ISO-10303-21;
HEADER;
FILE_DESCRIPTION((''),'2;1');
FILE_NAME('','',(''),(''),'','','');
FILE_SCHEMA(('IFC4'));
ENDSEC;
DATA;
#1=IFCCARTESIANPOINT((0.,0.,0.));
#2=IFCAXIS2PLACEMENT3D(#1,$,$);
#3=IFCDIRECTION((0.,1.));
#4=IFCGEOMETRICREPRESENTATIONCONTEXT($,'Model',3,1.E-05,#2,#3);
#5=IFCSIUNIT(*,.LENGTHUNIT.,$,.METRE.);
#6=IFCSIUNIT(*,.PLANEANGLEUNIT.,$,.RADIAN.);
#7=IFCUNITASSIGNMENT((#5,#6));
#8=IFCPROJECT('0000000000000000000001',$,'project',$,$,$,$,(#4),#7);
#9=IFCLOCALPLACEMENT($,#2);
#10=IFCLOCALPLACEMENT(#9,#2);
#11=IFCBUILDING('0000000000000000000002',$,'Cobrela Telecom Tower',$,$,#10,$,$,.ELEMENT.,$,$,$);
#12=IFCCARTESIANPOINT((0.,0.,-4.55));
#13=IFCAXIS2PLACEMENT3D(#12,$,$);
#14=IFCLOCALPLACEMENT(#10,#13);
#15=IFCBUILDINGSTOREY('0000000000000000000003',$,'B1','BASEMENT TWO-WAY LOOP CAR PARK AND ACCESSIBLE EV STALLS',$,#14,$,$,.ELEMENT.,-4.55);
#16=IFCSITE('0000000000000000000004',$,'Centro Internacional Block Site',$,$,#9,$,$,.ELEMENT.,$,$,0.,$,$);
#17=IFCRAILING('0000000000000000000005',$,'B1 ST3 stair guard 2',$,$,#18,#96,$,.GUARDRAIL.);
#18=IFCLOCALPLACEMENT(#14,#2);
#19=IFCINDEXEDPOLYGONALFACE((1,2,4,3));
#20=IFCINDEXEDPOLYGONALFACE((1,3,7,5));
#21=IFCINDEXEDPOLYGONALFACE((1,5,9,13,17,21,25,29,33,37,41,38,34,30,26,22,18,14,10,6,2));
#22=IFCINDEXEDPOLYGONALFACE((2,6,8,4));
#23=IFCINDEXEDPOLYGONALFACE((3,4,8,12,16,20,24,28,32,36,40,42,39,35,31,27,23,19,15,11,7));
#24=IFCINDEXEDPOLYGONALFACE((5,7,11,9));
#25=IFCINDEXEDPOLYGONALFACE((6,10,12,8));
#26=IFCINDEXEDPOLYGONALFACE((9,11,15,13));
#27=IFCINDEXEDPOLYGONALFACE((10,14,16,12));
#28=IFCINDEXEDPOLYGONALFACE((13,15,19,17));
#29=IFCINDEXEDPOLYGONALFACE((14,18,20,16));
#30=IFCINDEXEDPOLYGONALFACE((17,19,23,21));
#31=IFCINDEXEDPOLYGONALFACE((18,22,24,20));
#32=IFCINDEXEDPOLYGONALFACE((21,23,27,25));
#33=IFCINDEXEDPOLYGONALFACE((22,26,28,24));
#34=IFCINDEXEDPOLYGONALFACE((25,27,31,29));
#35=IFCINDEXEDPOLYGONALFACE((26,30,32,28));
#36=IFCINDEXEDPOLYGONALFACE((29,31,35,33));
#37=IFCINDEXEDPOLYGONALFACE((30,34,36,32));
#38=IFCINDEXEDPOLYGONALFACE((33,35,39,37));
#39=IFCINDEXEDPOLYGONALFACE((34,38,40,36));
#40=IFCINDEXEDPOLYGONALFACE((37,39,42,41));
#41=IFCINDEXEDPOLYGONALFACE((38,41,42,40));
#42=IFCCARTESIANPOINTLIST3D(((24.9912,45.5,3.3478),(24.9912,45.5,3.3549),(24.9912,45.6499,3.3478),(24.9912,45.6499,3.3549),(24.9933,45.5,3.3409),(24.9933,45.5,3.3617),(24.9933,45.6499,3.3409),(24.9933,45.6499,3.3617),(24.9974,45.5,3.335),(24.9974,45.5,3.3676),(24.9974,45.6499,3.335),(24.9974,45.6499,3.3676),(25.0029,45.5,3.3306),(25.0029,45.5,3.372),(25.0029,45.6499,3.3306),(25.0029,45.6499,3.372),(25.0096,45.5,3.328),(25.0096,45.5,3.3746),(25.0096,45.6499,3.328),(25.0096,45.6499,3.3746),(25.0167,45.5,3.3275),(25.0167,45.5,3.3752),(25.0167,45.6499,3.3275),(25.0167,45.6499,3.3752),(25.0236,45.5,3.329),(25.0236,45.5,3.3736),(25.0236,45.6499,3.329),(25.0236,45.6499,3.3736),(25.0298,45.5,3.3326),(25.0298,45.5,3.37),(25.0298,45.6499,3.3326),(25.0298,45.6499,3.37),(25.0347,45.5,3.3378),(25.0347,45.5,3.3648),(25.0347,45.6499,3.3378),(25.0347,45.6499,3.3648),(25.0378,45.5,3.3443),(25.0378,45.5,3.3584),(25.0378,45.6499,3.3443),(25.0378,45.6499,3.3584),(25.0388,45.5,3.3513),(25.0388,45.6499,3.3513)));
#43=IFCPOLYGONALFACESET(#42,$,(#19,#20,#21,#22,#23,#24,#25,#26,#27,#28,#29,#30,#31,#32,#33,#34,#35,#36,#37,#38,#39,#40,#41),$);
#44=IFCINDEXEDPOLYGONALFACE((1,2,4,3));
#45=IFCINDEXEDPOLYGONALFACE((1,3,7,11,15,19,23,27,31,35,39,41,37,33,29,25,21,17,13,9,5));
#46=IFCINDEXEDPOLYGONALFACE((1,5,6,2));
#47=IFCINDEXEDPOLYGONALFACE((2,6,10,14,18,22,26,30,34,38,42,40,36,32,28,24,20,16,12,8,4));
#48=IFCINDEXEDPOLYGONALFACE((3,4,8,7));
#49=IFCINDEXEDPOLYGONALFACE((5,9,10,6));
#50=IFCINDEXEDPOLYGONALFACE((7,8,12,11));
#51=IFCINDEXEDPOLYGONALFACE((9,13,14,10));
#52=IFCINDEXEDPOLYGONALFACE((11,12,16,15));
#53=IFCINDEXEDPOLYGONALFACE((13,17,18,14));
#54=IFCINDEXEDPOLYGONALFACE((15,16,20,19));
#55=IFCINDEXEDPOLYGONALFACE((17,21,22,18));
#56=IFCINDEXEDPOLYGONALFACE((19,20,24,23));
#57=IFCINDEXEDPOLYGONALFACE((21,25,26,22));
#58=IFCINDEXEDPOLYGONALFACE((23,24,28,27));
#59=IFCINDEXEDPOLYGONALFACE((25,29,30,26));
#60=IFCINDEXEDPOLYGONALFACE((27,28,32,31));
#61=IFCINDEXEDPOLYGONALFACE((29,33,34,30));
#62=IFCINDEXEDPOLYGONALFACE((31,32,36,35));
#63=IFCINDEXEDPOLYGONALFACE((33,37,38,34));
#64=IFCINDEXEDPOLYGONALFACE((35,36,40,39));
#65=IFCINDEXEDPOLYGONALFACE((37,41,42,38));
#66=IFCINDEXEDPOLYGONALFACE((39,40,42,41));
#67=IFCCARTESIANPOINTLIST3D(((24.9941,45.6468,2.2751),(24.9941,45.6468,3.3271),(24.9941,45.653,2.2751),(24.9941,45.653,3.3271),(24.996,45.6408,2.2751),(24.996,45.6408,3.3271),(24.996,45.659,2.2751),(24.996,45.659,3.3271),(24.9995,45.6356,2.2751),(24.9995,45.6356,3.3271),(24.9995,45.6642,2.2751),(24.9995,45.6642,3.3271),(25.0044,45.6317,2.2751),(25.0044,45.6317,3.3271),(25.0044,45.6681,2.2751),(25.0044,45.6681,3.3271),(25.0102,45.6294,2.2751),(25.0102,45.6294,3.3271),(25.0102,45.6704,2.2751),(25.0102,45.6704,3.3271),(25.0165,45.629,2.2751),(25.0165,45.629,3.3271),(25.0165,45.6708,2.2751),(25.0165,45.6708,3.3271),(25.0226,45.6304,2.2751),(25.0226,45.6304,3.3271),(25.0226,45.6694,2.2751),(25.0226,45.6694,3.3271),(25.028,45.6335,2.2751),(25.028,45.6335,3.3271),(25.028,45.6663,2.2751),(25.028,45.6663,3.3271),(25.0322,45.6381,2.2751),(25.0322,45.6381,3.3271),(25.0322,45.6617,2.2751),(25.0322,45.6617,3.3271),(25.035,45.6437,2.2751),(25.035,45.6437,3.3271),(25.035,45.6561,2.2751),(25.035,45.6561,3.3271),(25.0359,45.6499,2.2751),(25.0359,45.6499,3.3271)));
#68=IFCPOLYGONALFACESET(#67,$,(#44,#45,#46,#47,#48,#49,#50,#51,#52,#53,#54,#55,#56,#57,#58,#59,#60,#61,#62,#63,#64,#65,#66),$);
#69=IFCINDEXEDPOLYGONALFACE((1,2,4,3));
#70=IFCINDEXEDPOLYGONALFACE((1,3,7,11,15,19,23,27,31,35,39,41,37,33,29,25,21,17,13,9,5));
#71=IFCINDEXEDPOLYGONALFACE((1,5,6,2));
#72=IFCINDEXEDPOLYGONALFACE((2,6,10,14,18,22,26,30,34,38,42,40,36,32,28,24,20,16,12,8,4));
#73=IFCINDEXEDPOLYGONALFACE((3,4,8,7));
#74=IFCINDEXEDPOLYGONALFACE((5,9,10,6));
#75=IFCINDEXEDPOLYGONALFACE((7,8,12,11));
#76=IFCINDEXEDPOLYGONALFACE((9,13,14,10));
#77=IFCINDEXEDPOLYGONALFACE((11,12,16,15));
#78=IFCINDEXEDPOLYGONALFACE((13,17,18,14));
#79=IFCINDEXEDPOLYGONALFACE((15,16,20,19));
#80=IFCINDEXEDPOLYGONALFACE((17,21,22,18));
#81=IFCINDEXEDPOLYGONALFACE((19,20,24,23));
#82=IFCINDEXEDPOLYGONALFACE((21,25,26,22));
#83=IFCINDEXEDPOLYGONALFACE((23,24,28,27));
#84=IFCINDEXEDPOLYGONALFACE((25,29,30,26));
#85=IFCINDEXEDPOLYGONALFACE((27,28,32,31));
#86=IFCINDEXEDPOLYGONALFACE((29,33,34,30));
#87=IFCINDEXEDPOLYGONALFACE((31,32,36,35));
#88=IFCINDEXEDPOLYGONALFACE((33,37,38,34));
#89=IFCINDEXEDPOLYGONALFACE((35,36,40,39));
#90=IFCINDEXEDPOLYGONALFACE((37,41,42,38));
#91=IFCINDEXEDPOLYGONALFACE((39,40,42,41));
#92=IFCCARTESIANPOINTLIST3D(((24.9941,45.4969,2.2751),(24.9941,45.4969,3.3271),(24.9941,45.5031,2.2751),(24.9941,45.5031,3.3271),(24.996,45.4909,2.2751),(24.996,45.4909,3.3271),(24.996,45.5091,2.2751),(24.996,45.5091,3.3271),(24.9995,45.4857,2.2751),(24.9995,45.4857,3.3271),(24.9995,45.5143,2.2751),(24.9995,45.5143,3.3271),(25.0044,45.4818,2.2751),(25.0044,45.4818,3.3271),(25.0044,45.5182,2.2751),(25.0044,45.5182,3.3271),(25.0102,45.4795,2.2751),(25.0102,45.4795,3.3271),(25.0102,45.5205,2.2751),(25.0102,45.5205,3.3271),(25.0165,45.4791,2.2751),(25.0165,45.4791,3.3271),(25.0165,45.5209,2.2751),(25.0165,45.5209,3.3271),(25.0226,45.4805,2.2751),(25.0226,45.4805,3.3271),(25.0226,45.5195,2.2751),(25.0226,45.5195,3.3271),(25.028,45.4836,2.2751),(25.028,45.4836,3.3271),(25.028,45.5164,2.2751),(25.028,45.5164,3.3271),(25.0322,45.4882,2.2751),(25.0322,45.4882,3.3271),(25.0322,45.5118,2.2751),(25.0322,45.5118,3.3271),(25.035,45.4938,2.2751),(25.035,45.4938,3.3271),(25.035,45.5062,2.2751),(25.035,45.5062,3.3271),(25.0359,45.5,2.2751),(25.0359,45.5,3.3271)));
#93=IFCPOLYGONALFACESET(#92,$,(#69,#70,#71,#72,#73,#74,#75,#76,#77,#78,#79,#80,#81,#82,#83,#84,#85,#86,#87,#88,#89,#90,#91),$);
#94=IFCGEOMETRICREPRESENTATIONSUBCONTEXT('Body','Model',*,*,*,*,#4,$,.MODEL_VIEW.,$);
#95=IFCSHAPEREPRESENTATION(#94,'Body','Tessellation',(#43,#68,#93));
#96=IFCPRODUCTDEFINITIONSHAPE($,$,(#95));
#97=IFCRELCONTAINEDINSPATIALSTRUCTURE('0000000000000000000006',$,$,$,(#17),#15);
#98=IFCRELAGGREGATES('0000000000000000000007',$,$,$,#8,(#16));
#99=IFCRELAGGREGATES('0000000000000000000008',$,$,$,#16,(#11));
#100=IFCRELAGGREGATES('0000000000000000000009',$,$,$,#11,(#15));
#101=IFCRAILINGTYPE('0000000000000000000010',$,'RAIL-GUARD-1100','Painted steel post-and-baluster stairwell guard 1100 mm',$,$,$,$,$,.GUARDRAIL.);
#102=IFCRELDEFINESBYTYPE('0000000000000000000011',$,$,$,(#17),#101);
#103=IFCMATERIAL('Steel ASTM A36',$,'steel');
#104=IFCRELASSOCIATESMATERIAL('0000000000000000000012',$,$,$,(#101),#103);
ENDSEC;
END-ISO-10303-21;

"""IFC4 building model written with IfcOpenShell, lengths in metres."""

from ifc_helpers import new_model, si_unit, direction, frame, origin, origin_2d, place, context, subcontext, project, spatial, circle, extrude, material, type_object, element, save


model = new_model("IFC4")

# Units and contexts
model_context = context("Model", 3, precision=1e-05, world=origin(), true_north=direction((0.0, 1.0)))
body_context = subcontext(model_context, "Body", "Model", "MODEL_VIEW")
ifc_project = project(units=[si_unit("LENGTHUNIT", "METRE"), si_unit("PLANEANGLEUNIT", "RADIAN")], contexts=[model_context])

# Site, building, storey
site_placement = place(None, origin())
site = spatial("IfcSite", under=ifc_project, at=site_placement, Name="Centro Internacional Block Site", CompositionType="ELEMENT", RefElevation=0.0)
building_placement = place(site_placement, origin())
building = spatial("IfcBuilding", under=site, at=building_placement, Name="Cobrela Telecom Tower", CompositionType="ELEMENT")
storey_placement = place(building_placement, frame((0.0, 0.0, -4.55)))
storey = spatial("IfcBuildingStorey", under=building, at=storey_placement, Name="B1", Description="BASEMENT TWO-WAY LOOP CAR PARK AND ACCESSIBLE EV STALLS", CompositionType="ELEMENT", Elevation=-4.55)

# Shared definitions
ifc_material_1 = material(Name="Steel ASTM A36", Category="steel")

# Railing
railing_type_1 = type_object("IfcRailingType", Name="RAIL-GUARD-1100", Description="Painted steel post-and-baluster stairwell guard 1100 mm", PredefinedType="GUARDRAIL", material=ifc_material_1)
railing_1_placement = place(storey_placement, frame((25.0149, 45.6499, 2.2751)))
element("IfcRailing", 1, at=railing_1_placement, inside=storey, type_object=railing_type_1, Name="B1 ST3 stair guard 2", PredefinedType="GUARDRAIL", context=body_context, shape_type="SweptSolid", body=[
    extrude(circle(Radius=0.0239, at=origin_2d()), frame((0.0, 0.0, 1.0762), z_axis=(0.0, -1.0, 0.0), x_axis=(1.0, 0.0, 0.0)), (0.0, 0.0, 1.0), 0.1499),
    extrude(circle(Radius=0.021, at=origin_2d()), origin(), (0.0, 0.0, 1.0), 1.052),
    extrude(circle(Radius=0.021, at=origin_2d()), frame((0.0, -0.1499, 0.0)), (0.0, 0.0, 1.0), 1.052),
])

save(model, "model.ifc")
